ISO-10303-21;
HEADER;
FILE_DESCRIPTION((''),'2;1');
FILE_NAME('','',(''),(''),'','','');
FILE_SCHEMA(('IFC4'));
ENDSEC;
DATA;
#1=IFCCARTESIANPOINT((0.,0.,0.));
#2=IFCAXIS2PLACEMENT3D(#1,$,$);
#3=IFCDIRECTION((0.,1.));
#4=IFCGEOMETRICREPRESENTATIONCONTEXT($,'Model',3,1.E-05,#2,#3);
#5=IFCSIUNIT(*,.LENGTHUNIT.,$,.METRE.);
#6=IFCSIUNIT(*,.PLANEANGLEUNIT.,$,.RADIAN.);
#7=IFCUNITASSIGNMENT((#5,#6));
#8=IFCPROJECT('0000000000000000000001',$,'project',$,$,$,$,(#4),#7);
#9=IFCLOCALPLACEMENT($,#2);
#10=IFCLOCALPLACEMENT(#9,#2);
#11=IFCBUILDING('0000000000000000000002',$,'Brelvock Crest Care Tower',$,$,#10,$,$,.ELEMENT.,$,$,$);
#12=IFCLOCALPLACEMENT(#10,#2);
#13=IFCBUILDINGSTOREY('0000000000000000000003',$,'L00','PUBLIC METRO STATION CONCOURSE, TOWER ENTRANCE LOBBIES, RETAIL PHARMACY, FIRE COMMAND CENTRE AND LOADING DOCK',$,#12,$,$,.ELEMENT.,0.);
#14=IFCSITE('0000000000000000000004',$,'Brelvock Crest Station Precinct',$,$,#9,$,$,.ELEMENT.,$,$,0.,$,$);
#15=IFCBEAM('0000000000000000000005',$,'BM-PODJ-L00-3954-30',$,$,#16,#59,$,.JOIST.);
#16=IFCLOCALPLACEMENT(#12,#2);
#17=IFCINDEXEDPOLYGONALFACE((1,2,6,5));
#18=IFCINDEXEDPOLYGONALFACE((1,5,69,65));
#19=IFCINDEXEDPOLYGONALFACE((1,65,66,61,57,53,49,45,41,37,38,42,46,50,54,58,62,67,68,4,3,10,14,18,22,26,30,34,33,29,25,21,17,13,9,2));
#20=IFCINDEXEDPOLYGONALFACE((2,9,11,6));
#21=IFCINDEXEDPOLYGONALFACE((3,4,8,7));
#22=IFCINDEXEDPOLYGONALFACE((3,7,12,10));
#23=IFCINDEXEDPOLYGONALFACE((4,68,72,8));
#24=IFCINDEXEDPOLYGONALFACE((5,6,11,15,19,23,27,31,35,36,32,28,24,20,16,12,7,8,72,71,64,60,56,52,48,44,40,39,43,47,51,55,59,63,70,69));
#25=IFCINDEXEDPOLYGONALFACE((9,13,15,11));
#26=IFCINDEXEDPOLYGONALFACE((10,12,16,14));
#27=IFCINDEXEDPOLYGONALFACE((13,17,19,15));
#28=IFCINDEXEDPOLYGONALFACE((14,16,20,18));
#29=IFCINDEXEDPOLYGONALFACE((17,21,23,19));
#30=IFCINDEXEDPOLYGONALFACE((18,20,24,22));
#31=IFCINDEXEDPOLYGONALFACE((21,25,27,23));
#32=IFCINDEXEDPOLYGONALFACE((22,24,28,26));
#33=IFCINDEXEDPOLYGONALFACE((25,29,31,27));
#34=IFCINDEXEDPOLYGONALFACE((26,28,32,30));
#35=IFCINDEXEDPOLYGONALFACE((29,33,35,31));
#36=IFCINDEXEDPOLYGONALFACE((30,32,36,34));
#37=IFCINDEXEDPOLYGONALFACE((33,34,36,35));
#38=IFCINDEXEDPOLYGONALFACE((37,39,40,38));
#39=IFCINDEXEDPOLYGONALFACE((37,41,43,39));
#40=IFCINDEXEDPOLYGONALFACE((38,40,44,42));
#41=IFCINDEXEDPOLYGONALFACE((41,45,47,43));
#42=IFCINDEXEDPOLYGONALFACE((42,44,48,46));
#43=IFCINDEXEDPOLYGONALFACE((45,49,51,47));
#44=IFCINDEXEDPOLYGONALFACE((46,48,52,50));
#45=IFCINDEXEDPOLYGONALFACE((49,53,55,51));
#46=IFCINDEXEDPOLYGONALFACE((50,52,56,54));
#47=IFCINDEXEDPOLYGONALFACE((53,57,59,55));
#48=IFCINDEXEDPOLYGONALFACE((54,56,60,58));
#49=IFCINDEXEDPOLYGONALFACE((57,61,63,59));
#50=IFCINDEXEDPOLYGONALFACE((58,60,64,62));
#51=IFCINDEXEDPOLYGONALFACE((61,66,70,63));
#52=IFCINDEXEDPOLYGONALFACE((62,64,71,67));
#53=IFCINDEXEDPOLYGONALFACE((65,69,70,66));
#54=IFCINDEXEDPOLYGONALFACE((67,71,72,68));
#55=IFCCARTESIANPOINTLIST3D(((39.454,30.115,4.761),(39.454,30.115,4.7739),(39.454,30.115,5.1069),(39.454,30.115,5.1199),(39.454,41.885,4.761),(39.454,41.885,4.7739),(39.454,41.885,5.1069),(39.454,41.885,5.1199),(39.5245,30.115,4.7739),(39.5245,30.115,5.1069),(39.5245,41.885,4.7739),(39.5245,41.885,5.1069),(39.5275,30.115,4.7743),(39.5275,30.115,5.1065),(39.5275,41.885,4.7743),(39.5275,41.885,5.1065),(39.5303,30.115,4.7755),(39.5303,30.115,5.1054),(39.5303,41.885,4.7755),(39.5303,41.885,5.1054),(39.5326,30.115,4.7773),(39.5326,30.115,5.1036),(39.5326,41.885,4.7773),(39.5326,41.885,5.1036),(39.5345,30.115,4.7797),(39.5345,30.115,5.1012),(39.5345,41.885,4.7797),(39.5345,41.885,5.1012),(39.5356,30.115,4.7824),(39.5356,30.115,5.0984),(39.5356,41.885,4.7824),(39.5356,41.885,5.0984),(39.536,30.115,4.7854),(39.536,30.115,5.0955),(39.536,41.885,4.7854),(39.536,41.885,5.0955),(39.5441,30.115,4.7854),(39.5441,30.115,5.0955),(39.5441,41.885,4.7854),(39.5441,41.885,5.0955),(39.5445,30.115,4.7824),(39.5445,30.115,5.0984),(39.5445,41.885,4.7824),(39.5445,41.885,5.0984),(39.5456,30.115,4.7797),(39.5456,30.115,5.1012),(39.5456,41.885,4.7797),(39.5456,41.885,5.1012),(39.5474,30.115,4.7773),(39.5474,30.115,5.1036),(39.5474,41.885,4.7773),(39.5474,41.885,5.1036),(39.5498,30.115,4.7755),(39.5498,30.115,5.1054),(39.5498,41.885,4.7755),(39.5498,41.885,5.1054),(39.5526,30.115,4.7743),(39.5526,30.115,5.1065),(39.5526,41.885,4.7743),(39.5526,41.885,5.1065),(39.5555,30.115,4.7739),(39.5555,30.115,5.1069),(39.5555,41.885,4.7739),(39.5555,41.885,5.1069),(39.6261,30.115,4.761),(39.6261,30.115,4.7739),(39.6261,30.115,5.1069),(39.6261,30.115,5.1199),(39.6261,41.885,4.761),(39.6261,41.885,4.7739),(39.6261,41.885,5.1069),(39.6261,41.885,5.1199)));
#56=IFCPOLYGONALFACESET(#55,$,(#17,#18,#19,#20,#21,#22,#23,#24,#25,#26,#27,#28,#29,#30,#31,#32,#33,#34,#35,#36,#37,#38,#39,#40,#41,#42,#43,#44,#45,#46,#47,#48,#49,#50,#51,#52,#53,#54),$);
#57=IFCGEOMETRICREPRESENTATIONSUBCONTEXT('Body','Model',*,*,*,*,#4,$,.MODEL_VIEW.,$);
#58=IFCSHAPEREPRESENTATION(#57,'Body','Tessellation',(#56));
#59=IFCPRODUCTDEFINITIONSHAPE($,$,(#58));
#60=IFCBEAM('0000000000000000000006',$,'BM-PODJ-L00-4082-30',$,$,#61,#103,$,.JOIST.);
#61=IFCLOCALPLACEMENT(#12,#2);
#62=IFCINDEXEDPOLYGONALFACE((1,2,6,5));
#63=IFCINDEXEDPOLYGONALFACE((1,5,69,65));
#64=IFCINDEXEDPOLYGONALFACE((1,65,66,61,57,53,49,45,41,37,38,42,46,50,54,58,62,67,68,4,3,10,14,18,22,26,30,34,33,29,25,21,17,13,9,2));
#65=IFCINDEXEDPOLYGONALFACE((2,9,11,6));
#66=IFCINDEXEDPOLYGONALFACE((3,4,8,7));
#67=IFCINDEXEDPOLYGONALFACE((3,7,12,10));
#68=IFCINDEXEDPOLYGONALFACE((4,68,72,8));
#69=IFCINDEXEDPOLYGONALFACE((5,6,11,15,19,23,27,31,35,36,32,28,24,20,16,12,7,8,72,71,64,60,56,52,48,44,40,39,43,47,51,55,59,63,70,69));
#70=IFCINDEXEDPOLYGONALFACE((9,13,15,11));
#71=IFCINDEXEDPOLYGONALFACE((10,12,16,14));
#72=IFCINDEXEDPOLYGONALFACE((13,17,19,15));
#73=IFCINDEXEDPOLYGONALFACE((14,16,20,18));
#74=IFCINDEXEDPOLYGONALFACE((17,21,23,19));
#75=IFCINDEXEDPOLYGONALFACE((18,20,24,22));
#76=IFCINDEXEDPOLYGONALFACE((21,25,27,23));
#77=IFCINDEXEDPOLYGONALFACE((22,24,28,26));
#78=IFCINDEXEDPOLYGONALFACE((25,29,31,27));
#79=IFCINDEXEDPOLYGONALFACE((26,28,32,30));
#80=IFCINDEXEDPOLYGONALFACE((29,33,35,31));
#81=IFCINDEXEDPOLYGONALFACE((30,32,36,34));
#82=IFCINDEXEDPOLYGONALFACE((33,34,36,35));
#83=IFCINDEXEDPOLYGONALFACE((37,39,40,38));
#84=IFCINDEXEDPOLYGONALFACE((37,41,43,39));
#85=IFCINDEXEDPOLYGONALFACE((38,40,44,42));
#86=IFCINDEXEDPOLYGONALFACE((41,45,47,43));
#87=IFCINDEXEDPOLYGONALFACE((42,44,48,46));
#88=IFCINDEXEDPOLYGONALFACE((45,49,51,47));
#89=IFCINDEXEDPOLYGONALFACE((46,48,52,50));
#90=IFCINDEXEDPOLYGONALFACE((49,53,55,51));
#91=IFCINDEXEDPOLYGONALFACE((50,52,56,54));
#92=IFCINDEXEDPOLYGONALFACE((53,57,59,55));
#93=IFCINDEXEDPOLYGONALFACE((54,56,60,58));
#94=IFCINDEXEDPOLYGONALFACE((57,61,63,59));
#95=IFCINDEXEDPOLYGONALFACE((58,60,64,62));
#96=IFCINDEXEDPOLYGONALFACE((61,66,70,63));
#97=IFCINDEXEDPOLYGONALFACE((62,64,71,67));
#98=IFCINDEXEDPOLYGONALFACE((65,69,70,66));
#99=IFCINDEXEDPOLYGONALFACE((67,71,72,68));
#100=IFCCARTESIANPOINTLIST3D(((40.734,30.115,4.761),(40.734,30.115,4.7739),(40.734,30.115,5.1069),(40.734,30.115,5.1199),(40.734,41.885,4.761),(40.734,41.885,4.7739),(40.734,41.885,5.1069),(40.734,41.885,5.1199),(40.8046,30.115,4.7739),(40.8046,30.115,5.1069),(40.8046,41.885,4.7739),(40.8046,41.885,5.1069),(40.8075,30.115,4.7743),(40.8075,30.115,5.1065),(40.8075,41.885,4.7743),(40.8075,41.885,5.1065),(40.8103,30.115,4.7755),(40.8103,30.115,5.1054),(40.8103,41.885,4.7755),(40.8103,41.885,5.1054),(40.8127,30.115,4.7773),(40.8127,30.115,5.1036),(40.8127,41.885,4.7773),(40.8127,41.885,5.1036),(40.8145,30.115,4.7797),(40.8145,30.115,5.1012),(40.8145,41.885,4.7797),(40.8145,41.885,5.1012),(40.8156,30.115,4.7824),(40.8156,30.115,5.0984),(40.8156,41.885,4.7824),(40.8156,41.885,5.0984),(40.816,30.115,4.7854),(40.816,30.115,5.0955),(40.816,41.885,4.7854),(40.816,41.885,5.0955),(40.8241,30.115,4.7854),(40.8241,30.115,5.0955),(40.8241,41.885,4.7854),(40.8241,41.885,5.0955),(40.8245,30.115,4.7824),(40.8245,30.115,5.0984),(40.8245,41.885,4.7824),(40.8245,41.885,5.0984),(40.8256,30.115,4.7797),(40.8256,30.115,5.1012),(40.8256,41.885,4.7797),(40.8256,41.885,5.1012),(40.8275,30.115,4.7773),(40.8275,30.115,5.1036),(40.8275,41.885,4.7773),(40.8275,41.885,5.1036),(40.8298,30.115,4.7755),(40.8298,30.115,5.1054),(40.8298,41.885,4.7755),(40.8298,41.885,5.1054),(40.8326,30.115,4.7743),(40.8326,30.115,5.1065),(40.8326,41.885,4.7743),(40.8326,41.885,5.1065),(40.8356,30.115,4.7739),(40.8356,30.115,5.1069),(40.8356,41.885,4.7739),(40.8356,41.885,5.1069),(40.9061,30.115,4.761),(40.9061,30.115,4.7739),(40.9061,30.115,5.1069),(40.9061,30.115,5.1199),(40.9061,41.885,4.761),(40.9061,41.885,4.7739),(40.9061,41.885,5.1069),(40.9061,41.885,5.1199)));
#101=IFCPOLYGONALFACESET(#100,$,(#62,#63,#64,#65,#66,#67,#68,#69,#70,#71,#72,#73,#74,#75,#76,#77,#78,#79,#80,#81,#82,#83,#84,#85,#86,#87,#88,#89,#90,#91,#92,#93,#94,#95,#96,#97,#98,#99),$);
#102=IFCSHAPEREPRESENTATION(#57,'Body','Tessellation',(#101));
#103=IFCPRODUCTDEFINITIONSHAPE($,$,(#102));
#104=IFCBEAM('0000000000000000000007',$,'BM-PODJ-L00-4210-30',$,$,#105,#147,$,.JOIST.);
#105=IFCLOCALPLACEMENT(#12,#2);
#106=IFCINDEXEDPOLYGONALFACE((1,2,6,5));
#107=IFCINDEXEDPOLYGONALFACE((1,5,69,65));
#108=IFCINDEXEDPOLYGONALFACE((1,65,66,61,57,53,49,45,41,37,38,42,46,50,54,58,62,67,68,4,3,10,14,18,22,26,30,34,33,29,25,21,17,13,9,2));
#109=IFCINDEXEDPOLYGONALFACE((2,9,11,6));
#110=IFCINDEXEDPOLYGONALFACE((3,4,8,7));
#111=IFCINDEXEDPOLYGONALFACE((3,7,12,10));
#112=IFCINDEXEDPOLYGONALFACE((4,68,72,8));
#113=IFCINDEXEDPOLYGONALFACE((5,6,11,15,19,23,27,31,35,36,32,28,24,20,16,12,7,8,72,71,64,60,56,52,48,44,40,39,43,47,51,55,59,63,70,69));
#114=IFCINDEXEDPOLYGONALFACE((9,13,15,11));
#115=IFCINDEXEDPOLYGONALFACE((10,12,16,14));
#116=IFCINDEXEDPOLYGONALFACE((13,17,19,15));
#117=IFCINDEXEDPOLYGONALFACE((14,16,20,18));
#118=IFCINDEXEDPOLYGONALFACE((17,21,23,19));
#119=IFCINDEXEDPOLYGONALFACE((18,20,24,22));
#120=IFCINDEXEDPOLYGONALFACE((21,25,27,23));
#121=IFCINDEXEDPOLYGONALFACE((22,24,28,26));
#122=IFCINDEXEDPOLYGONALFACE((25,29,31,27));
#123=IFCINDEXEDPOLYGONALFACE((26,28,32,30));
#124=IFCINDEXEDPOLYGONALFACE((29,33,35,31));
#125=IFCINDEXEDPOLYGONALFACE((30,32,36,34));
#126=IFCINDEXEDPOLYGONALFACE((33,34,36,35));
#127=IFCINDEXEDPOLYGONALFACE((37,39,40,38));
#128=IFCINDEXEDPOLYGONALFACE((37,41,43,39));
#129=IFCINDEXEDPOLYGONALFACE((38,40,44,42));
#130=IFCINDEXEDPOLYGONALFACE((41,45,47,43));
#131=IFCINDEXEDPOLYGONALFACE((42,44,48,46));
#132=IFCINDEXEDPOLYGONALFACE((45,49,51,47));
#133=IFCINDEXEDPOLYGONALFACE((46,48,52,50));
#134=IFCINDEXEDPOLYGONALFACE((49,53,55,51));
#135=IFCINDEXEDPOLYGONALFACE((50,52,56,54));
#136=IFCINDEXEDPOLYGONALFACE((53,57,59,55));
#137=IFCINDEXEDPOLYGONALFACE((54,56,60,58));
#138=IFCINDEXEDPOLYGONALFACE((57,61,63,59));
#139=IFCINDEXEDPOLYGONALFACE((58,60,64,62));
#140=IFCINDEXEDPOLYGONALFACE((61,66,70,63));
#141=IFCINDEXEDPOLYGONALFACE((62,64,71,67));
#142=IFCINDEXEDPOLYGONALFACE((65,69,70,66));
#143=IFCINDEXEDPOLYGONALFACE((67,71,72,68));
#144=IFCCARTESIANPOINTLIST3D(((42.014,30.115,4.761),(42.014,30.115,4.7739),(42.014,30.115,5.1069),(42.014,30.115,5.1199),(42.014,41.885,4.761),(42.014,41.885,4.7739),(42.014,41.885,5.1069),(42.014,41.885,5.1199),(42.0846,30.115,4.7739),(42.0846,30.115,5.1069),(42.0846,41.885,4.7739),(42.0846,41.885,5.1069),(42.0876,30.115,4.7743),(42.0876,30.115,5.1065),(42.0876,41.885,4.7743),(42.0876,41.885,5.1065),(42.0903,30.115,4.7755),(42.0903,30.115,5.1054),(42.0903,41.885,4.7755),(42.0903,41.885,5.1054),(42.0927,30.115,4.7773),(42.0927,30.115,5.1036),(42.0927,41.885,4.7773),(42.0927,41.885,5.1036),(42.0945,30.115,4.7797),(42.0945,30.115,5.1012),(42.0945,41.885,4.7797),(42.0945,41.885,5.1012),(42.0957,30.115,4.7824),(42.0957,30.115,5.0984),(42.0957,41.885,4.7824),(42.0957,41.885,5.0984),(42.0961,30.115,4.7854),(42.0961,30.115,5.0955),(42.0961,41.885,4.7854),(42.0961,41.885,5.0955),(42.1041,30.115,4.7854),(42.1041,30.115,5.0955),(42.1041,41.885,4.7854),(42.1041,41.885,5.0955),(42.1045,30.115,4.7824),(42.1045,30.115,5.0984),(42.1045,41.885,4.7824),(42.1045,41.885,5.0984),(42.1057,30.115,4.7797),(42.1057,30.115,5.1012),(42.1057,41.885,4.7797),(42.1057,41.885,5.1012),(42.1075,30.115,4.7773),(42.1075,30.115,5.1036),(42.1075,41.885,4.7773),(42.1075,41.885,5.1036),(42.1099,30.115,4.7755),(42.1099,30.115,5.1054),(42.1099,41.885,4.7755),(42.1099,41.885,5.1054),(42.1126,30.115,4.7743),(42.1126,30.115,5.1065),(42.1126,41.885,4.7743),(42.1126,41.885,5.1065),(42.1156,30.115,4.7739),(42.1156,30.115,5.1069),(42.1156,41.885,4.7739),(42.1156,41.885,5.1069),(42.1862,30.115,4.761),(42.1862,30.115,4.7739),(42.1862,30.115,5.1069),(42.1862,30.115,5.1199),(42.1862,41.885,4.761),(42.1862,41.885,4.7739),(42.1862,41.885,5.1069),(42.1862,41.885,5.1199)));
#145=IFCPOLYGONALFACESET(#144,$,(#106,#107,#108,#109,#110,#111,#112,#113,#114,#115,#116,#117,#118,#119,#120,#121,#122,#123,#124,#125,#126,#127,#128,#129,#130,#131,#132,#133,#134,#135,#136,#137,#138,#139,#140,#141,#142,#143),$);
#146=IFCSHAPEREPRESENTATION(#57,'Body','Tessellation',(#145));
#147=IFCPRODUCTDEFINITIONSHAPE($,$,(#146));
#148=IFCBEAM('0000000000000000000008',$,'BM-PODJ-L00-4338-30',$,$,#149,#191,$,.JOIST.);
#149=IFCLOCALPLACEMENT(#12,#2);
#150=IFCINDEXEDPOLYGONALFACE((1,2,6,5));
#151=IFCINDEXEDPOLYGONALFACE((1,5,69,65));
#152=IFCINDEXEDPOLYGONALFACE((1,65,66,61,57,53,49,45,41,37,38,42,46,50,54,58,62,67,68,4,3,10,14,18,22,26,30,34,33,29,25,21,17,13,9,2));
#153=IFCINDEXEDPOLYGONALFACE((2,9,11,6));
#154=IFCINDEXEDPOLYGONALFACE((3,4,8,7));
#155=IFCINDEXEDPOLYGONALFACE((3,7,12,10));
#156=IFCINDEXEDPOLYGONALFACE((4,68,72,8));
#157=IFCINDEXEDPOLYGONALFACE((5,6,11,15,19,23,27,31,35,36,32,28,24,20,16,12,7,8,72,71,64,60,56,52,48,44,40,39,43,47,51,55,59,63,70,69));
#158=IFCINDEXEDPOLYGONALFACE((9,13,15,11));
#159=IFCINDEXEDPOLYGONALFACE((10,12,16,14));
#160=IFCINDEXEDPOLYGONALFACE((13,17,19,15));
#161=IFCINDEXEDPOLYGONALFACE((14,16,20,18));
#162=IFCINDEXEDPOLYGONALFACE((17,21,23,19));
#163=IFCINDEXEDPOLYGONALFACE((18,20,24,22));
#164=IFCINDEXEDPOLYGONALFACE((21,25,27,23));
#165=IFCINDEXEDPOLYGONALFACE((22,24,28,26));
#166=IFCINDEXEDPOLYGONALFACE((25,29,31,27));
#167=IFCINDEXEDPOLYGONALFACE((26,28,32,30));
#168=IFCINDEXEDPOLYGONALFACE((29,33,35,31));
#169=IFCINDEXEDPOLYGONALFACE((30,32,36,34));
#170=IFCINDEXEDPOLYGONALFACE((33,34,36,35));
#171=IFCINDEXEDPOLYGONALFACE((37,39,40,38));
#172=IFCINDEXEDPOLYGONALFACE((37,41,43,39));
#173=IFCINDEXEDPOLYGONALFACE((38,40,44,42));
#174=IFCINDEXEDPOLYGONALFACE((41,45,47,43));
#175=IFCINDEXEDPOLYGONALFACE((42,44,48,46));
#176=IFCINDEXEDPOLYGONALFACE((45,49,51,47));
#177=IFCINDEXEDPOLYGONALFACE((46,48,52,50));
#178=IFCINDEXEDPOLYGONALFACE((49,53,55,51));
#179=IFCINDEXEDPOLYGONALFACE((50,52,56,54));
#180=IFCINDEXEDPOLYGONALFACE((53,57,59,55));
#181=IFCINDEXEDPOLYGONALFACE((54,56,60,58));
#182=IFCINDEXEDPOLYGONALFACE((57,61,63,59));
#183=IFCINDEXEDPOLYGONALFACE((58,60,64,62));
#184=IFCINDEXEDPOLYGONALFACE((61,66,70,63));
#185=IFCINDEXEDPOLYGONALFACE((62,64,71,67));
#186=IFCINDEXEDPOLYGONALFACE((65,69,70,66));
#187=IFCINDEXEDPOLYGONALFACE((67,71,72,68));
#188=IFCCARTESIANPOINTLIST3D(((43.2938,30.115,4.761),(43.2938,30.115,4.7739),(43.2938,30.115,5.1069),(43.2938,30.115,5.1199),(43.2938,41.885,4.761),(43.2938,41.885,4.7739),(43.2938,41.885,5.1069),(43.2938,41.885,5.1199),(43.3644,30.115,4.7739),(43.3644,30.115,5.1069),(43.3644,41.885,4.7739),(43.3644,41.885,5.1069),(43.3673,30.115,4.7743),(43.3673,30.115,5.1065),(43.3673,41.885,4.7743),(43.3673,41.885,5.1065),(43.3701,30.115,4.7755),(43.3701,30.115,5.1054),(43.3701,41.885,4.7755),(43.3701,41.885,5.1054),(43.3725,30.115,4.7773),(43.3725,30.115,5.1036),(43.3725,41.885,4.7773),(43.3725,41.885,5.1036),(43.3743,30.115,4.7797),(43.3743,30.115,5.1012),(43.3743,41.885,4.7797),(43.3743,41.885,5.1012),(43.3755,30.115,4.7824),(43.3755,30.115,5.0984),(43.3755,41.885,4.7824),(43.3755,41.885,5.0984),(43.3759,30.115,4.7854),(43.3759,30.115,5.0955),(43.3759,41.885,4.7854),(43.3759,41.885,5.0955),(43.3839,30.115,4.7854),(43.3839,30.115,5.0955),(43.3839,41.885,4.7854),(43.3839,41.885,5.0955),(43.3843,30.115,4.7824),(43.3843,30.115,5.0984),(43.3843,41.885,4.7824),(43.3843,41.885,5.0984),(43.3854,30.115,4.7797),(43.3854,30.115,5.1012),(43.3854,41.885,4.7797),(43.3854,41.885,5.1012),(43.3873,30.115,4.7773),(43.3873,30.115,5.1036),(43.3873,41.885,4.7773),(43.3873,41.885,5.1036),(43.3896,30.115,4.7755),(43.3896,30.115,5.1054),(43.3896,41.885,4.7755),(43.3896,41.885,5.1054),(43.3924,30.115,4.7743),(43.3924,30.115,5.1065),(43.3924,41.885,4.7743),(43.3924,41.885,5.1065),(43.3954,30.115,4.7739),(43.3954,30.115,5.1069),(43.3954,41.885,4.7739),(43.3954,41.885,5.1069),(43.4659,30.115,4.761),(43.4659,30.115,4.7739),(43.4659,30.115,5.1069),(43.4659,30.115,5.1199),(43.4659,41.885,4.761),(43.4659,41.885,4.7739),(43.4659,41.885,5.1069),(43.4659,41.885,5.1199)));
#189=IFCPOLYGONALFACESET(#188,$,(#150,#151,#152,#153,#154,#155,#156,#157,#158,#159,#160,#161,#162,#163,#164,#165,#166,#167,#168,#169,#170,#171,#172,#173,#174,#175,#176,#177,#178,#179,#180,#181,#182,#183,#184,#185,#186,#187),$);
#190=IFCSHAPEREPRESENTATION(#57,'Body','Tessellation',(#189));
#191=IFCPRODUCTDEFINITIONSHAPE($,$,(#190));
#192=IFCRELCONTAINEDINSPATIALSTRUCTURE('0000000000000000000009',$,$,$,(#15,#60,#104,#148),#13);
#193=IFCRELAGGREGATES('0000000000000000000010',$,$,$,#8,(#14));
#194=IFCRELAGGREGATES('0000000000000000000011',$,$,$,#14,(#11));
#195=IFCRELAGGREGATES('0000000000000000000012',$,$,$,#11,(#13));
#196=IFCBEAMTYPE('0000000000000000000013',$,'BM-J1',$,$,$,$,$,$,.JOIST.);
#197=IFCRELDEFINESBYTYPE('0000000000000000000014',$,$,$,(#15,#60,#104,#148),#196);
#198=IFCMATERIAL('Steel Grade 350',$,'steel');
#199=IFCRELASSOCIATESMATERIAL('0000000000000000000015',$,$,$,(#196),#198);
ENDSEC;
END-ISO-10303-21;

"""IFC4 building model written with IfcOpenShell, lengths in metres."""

from ifc_helpers import new_model, si_unit, direction, frame, origin, origin_2d, place, context, subcontext, project, spatial, i_section, extrude, source, transform, mapped, material, material_profile, profile_set, type_object, element, save


model = new_model("IFC4")

# Units and contexts
model_context = context("Model", 3, precision=1e-05, world=origin(), true_north=direction((0.0, 1.0)))
body_context = subcontext(model_context, "Body", "Model", "MODEL_VIEW")
ifc_project = project(units=[si_unit("LENGTHUNIT", "METRE"), si_unit("PLANEANGLEUNIT", "RADIAN")], contexts=[model_context])

# Site, building, storey
site_placement = place(None, origin())
site = spatial("IfcSite", under=ifc_project, at=site_placement, Name="Brelvock Crest Station Precinct", CompositionType="ELEMENT", RefElevation=0.0)
building_placement = place(site_placement, origin())
building = spatial("IfcBuilding", under=site, at=building_placement, Name="Brelvock Crest Care Tower", CompositionType="ELEMENT")
storey_placement = place(building_placement, origin())
storey = spatial("IfcBuildingStorey", under=building, at=storey_placement, Name="L00", Description="PUBLIC METRO STATION CONCOURSE, TOWER ENTRANCE LOBBIES, RETAIL PHARMACY, FIRE COMMAND CENTRE AND LOADING DOCK", CompositionType="ELEMENT", Elevation=0.0)

# Shared definitions
ifc_material_1 = material(Name="Steel Grade 350", Category="steel")

# Beams
ifc_material_profile_1 = material_profile(ifc_material_1, i_section(OverallWidth=0.1721, OverallDepth=0.3589, WebThickness=0.0081, FlangeThickness=0.0129, FilletRadius=0.0115, at=origin_2d()), Name="360UB56.7")
ifc_profile_set_1 = profile_set([ifc_material_profile_1], Name="Steel Grade 350")
beam_type_1 = type_object("IfcBeamType", Name="BM-J1", PredefinedType="JOIST", material=ifc_profile_set_1)
shared_shape_1 = source(origin(), body_context, "Body", "SweptSolid", [
    extrude(i_section(OverallWidth=0.1721, OverallDepth=0.3589, WebThickness=0.0081, FlangeThickness=0.0129, FilletRadius=0.0115, at=origin_2d()), origin(), (0.0, 0.0, 1.0), 11.77),
])
for number, where, z_axis, x_axis, name in (
    (1, (39.54, 30.115, 4.9404), (0.0, 1.0, 0.0), (-1.0, 0.0, 0.0), "BM-PODJ-L00-3954-30"),
    (2, (40.8201, 30.115, 4.9404), (0.0, 1.0, 0.0), (-1.0, 0.0, 0.0), "BM-PODJ-L00-4082-30"),
    (3, (42.1001, 30.115, 4.9404), (0.0, 1.0, 0.0), (-1.0, 0.0, 0.0), "BM-PODJ-L00-4210-30"),
    (4, (43.3799, 30.115, 4.9404), (0.0, 1.0, 0.0), (-1.0, 0.0, 0.0), "BM-PODJ-L00-4338-30"),
):
    element("IfcBeam", number, at=place(storey_placement, frame(where, z_axis=z_axis, x_axis=x_axis)), inside=storey, type_object=beam_type_1, Name=name, PredefinedType="JOIST", context=body_context, shape_type="MappedRepresentation", body=[
        mapped(shared_shape_1, transform((0.0, 0.0, 0.0), x_axis=(1.0, 0.0, 0.0), y_axis=(0.0, 1.0, 0.0), z_axis=(0.0, 0.0, 1.0), scale=1.0)),
    ])

save(model, "model.ifc")
